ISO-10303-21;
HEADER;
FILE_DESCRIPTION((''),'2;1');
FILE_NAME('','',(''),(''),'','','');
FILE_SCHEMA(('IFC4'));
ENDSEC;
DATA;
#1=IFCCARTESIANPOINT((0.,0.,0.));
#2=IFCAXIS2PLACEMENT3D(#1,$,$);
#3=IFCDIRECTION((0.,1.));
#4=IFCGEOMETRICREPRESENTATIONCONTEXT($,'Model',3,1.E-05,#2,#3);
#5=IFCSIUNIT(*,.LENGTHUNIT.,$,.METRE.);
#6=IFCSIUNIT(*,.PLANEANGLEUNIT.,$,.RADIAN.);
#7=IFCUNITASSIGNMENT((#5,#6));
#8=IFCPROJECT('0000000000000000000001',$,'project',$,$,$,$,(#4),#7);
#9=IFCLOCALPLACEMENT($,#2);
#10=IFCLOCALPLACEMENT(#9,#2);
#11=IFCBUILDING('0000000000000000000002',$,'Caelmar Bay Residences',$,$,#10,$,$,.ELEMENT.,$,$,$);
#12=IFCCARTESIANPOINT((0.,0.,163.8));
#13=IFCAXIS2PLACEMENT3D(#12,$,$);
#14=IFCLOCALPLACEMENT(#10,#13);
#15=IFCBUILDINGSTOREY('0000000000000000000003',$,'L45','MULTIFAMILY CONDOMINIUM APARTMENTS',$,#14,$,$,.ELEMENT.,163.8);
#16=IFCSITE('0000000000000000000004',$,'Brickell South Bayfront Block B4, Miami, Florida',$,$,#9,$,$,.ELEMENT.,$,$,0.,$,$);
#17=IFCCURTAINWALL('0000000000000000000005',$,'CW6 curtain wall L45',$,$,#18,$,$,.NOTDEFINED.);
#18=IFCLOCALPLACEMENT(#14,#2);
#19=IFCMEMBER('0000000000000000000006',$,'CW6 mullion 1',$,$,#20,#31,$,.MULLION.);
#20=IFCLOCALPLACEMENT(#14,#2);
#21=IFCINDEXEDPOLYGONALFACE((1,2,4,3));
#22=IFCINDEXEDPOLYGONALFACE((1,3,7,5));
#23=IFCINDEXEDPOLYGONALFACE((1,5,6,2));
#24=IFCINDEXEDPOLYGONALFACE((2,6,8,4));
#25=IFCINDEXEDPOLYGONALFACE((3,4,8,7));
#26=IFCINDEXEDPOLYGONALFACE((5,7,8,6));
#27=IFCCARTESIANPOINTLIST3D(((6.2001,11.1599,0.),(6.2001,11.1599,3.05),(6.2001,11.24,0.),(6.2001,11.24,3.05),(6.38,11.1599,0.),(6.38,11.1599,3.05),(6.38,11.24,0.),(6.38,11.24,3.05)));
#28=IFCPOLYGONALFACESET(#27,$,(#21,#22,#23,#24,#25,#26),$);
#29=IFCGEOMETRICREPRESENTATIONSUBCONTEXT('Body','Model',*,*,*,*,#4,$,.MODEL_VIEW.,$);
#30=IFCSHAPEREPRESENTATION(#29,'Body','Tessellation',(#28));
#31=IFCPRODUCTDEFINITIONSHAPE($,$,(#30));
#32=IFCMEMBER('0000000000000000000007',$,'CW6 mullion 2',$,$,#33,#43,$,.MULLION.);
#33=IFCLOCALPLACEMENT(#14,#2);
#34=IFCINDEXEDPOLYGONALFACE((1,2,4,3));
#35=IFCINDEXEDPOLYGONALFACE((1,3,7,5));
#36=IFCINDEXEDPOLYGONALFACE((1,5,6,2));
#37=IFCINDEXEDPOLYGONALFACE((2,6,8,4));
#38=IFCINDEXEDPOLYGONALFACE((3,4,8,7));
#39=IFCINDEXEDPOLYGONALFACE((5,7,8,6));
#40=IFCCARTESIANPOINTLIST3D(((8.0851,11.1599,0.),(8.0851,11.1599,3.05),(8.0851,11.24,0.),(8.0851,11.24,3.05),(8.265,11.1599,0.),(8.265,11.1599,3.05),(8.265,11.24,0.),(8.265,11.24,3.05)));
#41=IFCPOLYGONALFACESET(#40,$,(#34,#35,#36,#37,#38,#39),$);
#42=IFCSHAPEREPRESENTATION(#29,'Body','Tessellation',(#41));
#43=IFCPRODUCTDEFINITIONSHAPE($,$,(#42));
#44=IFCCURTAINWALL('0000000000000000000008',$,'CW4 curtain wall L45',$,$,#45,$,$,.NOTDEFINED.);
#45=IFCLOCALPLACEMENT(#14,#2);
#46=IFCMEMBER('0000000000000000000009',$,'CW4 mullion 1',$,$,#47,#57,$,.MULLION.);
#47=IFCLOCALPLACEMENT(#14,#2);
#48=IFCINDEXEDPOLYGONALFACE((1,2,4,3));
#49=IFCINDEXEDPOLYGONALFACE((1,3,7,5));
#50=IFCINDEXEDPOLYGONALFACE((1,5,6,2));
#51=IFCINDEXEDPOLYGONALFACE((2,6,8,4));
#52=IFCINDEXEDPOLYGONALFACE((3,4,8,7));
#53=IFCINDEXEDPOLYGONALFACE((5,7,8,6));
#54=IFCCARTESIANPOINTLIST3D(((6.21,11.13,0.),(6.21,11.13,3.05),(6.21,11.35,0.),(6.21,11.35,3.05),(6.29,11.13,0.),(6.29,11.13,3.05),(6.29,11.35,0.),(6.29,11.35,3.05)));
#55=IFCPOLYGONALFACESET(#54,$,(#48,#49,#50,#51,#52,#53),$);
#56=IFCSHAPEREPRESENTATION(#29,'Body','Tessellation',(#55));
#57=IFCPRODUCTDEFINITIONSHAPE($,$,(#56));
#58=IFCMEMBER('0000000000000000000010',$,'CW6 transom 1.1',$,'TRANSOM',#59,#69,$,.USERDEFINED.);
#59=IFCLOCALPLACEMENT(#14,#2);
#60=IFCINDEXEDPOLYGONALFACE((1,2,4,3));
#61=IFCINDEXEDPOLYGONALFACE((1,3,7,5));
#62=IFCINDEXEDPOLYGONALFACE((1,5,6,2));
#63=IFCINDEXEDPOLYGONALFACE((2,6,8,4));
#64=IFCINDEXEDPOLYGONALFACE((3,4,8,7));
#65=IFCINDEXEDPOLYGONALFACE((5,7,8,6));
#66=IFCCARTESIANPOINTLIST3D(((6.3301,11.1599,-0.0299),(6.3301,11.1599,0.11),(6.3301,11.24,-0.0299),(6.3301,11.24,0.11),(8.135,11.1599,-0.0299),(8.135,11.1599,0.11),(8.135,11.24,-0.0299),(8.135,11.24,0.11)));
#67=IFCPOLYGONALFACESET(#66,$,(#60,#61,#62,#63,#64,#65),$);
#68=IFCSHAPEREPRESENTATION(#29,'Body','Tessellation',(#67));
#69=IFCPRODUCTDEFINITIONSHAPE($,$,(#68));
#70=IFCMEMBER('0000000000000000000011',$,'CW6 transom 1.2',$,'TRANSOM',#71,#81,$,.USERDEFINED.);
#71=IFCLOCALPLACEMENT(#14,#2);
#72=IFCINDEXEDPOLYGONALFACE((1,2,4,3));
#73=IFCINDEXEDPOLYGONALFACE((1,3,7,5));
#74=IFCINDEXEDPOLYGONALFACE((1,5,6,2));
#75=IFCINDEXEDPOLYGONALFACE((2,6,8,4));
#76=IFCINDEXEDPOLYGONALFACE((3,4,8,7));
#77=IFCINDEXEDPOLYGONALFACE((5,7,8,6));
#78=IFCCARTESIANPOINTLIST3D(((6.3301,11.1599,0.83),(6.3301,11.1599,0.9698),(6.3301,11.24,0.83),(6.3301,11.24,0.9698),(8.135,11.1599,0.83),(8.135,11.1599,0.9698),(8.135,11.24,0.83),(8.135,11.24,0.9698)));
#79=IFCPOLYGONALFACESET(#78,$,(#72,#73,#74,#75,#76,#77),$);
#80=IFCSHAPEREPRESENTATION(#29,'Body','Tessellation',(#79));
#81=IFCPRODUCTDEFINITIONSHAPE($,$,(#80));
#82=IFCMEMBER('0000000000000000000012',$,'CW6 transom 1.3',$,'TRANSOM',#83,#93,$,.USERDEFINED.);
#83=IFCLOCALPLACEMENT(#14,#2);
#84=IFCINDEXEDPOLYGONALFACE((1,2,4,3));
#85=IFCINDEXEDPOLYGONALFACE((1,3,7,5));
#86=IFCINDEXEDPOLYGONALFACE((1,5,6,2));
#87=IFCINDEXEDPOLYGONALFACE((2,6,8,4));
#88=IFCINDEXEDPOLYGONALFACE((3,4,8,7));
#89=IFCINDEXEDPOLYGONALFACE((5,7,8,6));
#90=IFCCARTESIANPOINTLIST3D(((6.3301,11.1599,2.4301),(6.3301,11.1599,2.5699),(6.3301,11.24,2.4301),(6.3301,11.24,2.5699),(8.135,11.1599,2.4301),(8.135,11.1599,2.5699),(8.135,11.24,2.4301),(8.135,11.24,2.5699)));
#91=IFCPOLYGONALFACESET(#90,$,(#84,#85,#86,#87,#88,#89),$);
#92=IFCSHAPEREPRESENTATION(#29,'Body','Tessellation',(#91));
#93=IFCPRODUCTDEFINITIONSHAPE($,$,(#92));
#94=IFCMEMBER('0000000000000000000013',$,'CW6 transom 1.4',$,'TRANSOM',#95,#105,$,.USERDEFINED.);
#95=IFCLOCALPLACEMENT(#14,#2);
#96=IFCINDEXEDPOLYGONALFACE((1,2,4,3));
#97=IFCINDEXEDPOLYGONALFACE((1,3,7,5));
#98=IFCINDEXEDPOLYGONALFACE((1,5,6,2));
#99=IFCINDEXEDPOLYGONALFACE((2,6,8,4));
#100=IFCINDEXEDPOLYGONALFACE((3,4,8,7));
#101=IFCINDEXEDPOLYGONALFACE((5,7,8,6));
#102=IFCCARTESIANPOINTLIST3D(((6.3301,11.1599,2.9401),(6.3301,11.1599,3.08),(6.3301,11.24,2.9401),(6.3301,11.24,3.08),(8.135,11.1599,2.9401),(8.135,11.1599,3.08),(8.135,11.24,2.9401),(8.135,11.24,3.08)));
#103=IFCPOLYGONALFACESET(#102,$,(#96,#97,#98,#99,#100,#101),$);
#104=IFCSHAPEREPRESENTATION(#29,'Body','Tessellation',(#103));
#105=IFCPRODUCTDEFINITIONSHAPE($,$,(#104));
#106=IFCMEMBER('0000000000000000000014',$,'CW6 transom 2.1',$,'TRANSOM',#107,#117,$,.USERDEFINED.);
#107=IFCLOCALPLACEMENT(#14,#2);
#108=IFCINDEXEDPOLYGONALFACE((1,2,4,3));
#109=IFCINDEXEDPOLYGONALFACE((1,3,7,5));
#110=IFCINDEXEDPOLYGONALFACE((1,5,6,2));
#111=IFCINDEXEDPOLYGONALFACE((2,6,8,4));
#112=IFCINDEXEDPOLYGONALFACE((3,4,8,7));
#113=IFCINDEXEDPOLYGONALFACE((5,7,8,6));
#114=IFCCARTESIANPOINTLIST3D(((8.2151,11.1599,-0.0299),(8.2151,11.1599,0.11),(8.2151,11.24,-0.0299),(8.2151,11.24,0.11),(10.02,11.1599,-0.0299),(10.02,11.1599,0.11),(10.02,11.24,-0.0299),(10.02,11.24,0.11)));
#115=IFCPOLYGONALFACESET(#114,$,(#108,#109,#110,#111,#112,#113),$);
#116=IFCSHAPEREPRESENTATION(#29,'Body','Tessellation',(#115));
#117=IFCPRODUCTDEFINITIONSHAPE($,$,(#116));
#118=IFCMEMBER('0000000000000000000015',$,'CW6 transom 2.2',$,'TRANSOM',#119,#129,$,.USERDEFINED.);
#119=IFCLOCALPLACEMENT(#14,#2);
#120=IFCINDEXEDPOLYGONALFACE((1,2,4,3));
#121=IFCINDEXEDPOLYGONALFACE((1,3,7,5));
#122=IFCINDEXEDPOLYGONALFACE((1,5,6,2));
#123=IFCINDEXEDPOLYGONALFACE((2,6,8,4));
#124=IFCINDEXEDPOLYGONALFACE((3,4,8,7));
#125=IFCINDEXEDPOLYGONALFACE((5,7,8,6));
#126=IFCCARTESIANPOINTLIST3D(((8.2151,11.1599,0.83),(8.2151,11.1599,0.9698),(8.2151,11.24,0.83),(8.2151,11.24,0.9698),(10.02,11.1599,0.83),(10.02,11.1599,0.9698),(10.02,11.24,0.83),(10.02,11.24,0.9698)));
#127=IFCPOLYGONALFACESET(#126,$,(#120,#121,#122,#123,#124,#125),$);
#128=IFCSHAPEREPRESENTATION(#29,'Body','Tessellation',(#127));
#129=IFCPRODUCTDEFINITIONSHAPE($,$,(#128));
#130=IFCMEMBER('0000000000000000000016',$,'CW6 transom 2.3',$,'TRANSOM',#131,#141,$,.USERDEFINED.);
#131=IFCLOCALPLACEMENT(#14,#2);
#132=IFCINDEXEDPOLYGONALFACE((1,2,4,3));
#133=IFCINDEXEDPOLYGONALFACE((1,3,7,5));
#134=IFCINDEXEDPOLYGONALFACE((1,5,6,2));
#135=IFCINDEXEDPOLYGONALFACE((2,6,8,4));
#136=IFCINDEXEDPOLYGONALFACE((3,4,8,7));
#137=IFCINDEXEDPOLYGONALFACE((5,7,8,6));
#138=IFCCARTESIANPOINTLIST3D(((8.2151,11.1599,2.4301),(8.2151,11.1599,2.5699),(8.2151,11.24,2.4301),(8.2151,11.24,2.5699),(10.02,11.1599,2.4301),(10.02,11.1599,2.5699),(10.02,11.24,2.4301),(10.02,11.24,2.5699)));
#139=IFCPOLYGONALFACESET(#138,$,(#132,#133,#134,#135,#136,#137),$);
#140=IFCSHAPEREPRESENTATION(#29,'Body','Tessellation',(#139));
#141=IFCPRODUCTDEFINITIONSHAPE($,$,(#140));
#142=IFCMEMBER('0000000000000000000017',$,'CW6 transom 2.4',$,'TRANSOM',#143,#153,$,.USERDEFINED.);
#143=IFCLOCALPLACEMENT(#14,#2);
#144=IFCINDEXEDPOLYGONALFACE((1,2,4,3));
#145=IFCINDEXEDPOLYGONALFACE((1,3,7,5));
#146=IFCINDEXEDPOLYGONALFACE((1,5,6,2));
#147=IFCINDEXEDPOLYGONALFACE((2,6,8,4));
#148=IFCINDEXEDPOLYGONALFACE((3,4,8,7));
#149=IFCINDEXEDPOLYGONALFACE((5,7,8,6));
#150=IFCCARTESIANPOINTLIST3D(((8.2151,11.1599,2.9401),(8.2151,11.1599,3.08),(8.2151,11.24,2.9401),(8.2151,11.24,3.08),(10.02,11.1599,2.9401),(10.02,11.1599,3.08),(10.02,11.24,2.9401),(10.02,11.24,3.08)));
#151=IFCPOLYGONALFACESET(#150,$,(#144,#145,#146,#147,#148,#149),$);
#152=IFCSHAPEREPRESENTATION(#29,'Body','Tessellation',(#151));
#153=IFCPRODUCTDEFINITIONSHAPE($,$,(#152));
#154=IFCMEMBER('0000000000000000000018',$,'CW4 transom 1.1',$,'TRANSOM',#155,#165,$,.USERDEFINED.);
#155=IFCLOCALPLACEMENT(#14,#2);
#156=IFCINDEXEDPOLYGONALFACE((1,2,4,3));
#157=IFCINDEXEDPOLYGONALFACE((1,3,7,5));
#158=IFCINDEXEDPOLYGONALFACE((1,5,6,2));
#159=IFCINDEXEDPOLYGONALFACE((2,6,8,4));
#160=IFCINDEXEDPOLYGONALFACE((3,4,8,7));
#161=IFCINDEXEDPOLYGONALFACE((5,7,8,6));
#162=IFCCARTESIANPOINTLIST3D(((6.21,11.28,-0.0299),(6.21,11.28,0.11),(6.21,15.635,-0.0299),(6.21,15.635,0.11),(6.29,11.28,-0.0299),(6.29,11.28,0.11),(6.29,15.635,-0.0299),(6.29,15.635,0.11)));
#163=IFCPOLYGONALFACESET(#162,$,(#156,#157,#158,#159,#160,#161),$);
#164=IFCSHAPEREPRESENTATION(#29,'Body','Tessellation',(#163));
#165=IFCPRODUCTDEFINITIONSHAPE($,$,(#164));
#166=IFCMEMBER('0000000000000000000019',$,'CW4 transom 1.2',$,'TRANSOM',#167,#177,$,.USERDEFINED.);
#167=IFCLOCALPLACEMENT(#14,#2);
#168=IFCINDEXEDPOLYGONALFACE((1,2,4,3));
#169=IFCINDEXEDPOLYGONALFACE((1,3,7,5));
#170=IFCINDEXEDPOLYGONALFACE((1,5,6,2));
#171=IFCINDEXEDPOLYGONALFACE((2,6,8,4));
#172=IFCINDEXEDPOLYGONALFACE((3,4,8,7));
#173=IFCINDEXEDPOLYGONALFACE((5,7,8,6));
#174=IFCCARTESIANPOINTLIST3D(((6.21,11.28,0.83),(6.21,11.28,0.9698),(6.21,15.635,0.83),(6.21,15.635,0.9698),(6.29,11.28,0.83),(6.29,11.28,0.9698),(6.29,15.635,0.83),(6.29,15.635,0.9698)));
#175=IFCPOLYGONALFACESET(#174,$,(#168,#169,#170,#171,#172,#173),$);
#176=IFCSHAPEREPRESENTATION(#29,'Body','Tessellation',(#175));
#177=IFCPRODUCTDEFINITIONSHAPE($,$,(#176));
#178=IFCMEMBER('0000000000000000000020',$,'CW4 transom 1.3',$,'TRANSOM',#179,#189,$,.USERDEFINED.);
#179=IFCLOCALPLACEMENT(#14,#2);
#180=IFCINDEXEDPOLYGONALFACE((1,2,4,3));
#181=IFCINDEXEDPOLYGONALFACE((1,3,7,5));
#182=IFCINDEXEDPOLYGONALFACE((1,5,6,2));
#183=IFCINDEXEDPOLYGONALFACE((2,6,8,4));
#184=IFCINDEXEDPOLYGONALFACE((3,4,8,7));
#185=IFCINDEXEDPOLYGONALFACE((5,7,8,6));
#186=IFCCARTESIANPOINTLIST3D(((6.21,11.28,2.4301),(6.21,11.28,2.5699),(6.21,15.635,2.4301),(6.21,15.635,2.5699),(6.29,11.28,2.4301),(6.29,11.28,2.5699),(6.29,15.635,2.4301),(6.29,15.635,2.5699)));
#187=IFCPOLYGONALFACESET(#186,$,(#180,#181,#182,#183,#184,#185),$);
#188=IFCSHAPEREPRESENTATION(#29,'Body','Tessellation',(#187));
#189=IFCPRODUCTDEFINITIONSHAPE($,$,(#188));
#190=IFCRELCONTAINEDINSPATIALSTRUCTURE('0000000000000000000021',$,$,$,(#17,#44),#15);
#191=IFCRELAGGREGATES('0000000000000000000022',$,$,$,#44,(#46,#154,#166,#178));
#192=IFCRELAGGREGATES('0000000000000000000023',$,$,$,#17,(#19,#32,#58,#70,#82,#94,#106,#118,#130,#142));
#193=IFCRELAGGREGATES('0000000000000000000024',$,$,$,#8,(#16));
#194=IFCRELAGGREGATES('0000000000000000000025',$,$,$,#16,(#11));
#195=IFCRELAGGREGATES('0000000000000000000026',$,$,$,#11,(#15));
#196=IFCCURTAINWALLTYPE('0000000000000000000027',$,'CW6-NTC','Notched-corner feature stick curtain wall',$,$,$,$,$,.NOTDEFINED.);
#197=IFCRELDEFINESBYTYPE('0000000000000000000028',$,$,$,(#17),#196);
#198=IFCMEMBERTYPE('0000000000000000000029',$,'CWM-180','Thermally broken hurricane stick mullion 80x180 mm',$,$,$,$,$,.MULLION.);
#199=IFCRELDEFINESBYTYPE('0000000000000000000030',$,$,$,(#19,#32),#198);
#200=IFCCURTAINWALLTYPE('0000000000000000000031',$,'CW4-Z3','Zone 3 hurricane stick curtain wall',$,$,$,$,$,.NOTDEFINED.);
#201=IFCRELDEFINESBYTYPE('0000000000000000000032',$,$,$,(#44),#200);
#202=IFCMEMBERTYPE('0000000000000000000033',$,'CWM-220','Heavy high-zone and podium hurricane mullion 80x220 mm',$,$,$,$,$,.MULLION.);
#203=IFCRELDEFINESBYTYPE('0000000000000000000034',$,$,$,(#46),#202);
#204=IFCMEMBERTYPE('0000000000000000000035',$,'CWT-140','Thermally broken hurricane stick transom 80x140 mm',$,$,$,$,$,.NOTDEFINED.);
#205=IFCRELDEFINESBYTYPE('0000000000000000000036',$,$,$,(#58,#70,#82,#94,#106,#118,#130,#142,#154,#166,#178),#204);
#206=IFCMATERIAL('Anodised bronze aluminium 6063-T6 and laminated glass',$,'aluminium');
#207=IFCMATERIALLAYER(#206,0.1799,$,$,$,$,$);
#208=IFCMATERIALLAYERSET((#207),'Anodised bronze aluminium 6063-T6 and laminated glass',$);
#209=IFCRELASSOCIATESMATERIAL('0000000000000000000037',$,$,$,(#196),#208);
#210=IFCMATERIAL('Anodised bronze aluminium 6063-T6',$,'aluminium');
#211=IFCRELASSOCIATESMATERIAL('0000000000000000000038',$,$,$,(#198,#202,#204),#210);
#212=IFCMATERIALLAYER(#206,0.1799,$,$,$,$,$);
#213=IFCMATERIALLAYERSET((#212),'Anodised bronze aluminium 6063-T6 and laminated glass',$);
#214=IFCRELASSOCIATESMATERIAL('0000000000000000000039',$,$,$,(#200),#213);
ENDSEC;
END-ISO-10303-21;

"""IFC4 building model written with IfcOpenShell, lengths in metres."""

from ifc_helpers import new_model, si_unit, direction, frame, origin, origin_2d, place, context, subcontext, project, spatial, rectangle, extrude, material, layer, layer_set, material_profile, profile_set, type_object, element, aggregate, save


model = new_model("IFC4")

# Units and contexts
model_context = context("Model", 3, precision=1e-05, world=origin(), true_north=direction((0.0, 1.0)))
body_context = subcontext(model_context, "Body", "Model", "MODEL_VIEW")
ifc_project = project(units=[si_unit("LENGTHUNIT", "METRE"), si_unit("PLANEANGLEUNIT", "RADIAN")], contexts=[model_context])

# Site, building, storey
site_placement = place(None, origin())
site = spatial("IfcSite", under=ifc_project, at=site_placement, Name="Brickell South Bayfront Block B4, Miami, Florida", CompositionType="ELEMENT", RefElevation=0.0)
building_placement = place(site_placement, origin())
building = spatial("IfcBuilding", under=site, at=building_placement, Name="Caelmar Bay Residences", CompositionType="ELEMENT")
storey_placement = place(building_placement, frame((0.0, 0.0, 163.8)))
storey = spatial("IfcBuildingStorey", under=building, at=storey_placement, Name="L45", Description="MULTIFAMILY CONDOMINIUM APARTMENTS", CompositionType="ELEMENT", Elevation=163.8)

# Curtain wall, members
ifc_material_1 = material(Name="Anodised bronze aluminium 6063-T6 and laminated glass", Category="aluminium")
ifc_layer_1 = layer(ifc_material_1, 0.1799)
ifc_layer_set_1 = layer_set([ifc_layer_1], Name="Anodised bronze aluminium 6063-T6 and laminated glass")
curtain_wall_type_1 = type_object("IfcCurtainWallType", Name="CW6-NTC", Description="Notched-corner feature stick curtain wall", PredefinedType="NOTDEFINED", material=ifc_layer_set_1)
curtain_wall_1_placement = place(storey_placement, origin())
curtain_wall_1 = element("IfcCurtainWall", 1, at=curtain_wall_1_placement, inside=storey, type_object=curtain_wall_type_1, Name="CW6 curtain wall L45", PredefinedType="NOTDEFINED")
ifc_material_2 = material(Name="Anodised bronze aluminium 6063-T6", Category="aluminium")
ifc_material_profile_1 = material_profile(ifc_material_2, rectangle(XDim=0.0801, YDim=0.1799, at=origin_2d()), Name="CWM-80X180")
ifc_profile_set_1 = profile_set([ifc_material_profile_1], Name="Anodised bronze aluminium 6063-T6")
member_type_1 = type_object("IfcMemberType", Name="CWM-180", Description="Thermally broken hurricane stick mullion 80x180 mm", PredefinedType="MULLION", material=ifc_profile_set_1)
member_1_placement = place(storey_placement, frame((6.29, 11.2, 0.0), z_axis=(0.0, 0.0, 1.0), x_axis=(0.0, 1.0, 0.0)))
member_1 = element("IfcMember", 2, at=member_1_placement, type_object=member_type_1, Name="CW6 mullion 1", PredefinedType="MULLION", context=body_context, shape_type="SweptSolid", body=[
    extrude(rectangle(XDim=0.0801, YDim=0.1799, at=origin_2d()), origin(), (0.0, 0.0, 1.0), 3.05),
])
member_2_placement = place(storey_placement, frame((8.175, 11.2, 0.0), z_axis=(0.0, 0.0, 1.0), x_axis=(0.0, 1.0, 0.0)))
member_2 = element("IfcMember", 3, at=member_2_placement, type_object=member_type_1, Name="CW6 mullion 2", PredefinedType="MULLION", context=body_context, shape_type="SweptSolid", body=[
    extrude(rectangle(XDim=0.0801, YDim=0.1799, at=origin_2d()), origin(), (0.0, 0.0, 1.0), 3.05),
])

# Curtain wall, member
ifc_layer_2 = layer(ifc_material_1, 0.1799)
ifc_layer_set_2 = layer_set([ifc_layer_2], Name="Anodised bronze aluminium 6063-T6 and laminated glass")
curtain_wall_type_2 = type_object("IfcCurtainWallType", Name="CW4-Z3", Description="Zone 3 hurricane stick curtain wall", PredefinedType="NOTDEFINED", material=ifc_layer_set_2)
curtain_wall_2_placement = place(storey_placement, origin())
curtain_wall_2 = element("IfcCurtainWall", 4, at=curtain_wall_2_placement, inside=storey, type_object=curtain_wall_type_2, Name="CW4 curtain wall L45", PredefinedType="NOTDEFINED")
ifc_material_profile_2 = material_profile(ifc_material_2, rectangle(XDim=0.0801, YDim=0.22, at=origin_2d()), Name="CWM-80X220")
ifc_profile_set_2 = profile_set([ifc_material_profile_2], Name="Anodised bronze aluminium 6063-T6")
member_type_2 = type_object("IfcMemberType", Name="CWM-220", Description="Heavy high-zone and podium hurricane mullion 80x220 mm", PredefinedType="MULLION", material=ifc_profile_set_2)
member_3_placement = place(storey_placement, frame((6.25, 11.24, 0.0), z_axis=(0.0, 0.0, 1.0), x_axis=(-1.0, 0.0, 0.0)))
member_3 = element("IfcMember", 5, at=member_3_placement, type_object=member_type_2, Name="CW4 mullion 1", PredefinedType="MULLION", context=body_context, shape_type="SweptSolid", body=[
    extrude(rectangle(XDim=0.0801, YDim=0.22, at=origin_2d()), origin(), (0.0, 0.0, 1.0), 3.05),
])

# Members
ifc_material_profile_3 = material_profile(ifc_material_2, rectangle(XDim=0.0801, YDim=0.1399, at=origin_2d()), Name="CWT-80X140")
ifc_profile_set_3 = profile_set([ifc_material_profile_3], Name="Anodised bronze aluminium 6063-T6")
member_type_3 = type_object("IfcMemberType", Name="CWT-140", Description="Thermally broken hurricane stick transom 80x140 mm", PredefinedType="NOTDEFINED", material=ifc_profile_set_3)
member_4_placement = place(storey_placement, frame((6.3301, 11.2, 0.04), z_axis=(1.0, 0.0, 0.0), x_axis=(0.0, 1.0, 0.0)))
member_4 = element("IfcMember", 6, at=member_4_placement, type_object=member_type_3, Name="CW6 transom 1.1", ObjectType="TRANSOM", PredefinedType="USERDEFINED", context=body_context, shape_type="SweptSolid", body=[
    extrude(rectangle(XDim=0.0801, YDim=0.1399, at=origin_2d()), origin(), (0.0, 0.0, 1.0), 1.8049),
])
member_5_placement = place(storey_placement, frame((6.3301, 11.2, 0.8999), z_axis=(1.0, 0.0, 0.0), x_axis=(0.0, 1.0, 0.0)))
member_5 = element("IfcMember", 7, at=member_5_placement, type_object=member_type_3, Name="CW6 transom 1.2", ObjectType="TRANSOM", PredefinedType="USERDEFINED", context=body_context, shape_type="SweptSolid", body=[
    extrude(rectangle(XDim=0.0801, YDim=0.1399, at=origin_2d()), origin(), (0.0, 0.0, 1.0), 1.8049),
])
member_6_placement = place(storey_placement, frame((6.3301, 11.2, 2.5), z_axis=(1.0, 0.0, 0.0), x_axis=(0.0, 1.0, 0.0)))
member_6 = element("IfcMember", 8, at=member_6_placement, type_object=member_type_3, Name="CW6 transom 1.3", ObjectType="TRANSOM", PredefinedType="USERDEFINED", context=body_context, shape_type="SweptSolid", body=[
    extrude(rectangle(XDim=0.0801, YDim=0.1399, at=origin_2d()), origin(), (0.0, 0.0, 1.0), 1.8049),
])
member_7_placement = place(storey_placement, frame((6.3301, 11.2, 3.01), z_axis=(1.0, 0.0, 0.0), x_axis=(0.0, 1.0, 0.0)))
member_7 = element("IfcMember", 9, at=member_7_placement, type_object=member_type_3, Name="CW6 transom 1.4", ObjectType="TRANSOM", PredefinedType="USERDEFINED", context=body_context, shape_type="SweptSolid", body=[
    extrude(rectangle(XDim=0.0801, YDim=0.1399, at=origin_2d()), origin(), (0.0, 0.0, 1.0), 1.8049),
])
member_8_placement = place(storey_placement, frame((8.2151, 11.2, 0.04), z_axis=(1.0, 0.0, 0.0), x_axis=(0.0, 1.0, 0.0)))
member_8 = element("IfcMember", 10, at=member_8_placement, type_object=member_type_3, Name="CW6 transom 2.1", ObjectType="TRANSOM", PredefinedType="USERDEFINED", context=body_context, shape_type="SweptSolid", body=[
    extrude(rectangle(XDim=0.0801, YDim=0.1399, at=origin_2d()), origin(), (0.0, 0.0, 1.0), 1.8049),
])
member_9_placement = place(storey_placement, frame((8.2151, 11.2, 0.8999), z_axis=(1.0, 0.0, 0.0), x_axis=(0.0, 1.0, 0.0)))
member_9 = element("IfcMember", 11, at=member_9_placement, type_object=member_type_3, Name="CW6 transom 2.2", ObjectType="TRANSOM", PredefinedType="USERDEFINED", context=body_context, shape_type="SweptSolid", body=[
    extrude(rectangle(XDim=0.0801, YDim=0.1399, at=origin_2d()), origin(), (0.0, 0.0, 1.0), 1.8049),
])
member_10_placement = place(storey_placement, frame((8.2151, 11.2, 2.5), z_axis=(1.0, 0.0, 0.0), x_axis=(0.0, 1.0, 0.0)))
member_10 = element("IfcMember", 12, at=member_10_placement, type_object=member_type_3, Name="CW6 transom 2.3", ObjectType="TRANSOM", PredefinedType="USERDEFINED", context=body_context, shape_type="SweptSolid", body=[
    extrude(rectangle(XDim=0.0801, YDim=0.1399, at=origin_2d()), origin(), (0.0, 0.0, 1.0), 1.8049),
])
member_11_placement = place(storey_placement, frame((8.2151, 11.2, 3.01), z_axis=(1.0, 0.0, 0.0), x_axis=(0.0, 1.0, 0.0)))
member_11 = element("IfcMember", 13, at=member_11_placement, type_object=member_type_3, Name="CW6 transom 2.4", ObjectType="TRANSOM", PredefinedType="USERDEFINED", context=body_context, shape_type="SweptSolid", body=[
    extrude(rectangle(XDim=0.0801, YDim=0.1399, at=origin_2d()), origin(), (0.0, 0.0, 1.0), 1.8049),
])
member_12_placement = place(storey_placement, frame((6.25, 11.28, 0.04), z_axis=(0.0, 1.0, 0.0), x_axis=(-1.0, 0.0, 0.0)))
member_12 = element("IfcMember", 14, at=member_12_placement, type_object=member_type_3, Name="CW4 transom 1.1", ObjectType="TRANSOM", PredefinedType="USERDEFINED", context=body_context, shape_type="SweptSolid", body=[
    extrude(rectangle(XDim=0.0801, YDim=0.1399, at=origin_2d()), origin(), (0.0, 0.0, 1.0), 4.355),
])
member_13_placement = place(storey_placement, frame((6.25, 11.28, 0.8999), z_axis=(0.0, 1.0, 0.0), x_axis=(-1.0, 0.0, 0.0)))
member_13 = element("IfcMember", 15, at=member_13_placement, type_object=member_type_3, Name="CW4 transom 1.2", ObjectType="TRANSOM", PredefinedType="USERDEFINED", context=body_context, shape_type="SweptSolid", body=[
    extrude(rectangle(XDim=0.0801, YDim=0.1399, at=origin_2d()), origin(), (0.0, 0.0, 1.0), 4.355),
])
member_14_placement = place(storey_placement, frame((6.25, 11.28, 2.5), z_axis=(0.0, 1.0, 0.0), x_axis=(-1.0, 0.0, 0.0)))
member_14 = element("IfcMember", 16, at=member_14_placement, type_object=member_type_3, Name="CW4 transom 1.3", ObjectType="TRANSOM", PredefinedType="USERDEFINED", context=body_context, shape_type="SweptSolid", body=[
    extrude(rectangle(XDim=0.0801, YDim=0.1399, at=origin_2d()), origin(), (0.0, 0.0, 1.0), 4.355),
])
aggregate(curtain_wall_2, [member_3, member_12, member_13, member_14])

aggregate(curtain_wall_1, [member_1, member_2, member_4, member_5, member_6, member_7, member_8, member_9, member_10, member_11])

save(model, "model.ifc")
